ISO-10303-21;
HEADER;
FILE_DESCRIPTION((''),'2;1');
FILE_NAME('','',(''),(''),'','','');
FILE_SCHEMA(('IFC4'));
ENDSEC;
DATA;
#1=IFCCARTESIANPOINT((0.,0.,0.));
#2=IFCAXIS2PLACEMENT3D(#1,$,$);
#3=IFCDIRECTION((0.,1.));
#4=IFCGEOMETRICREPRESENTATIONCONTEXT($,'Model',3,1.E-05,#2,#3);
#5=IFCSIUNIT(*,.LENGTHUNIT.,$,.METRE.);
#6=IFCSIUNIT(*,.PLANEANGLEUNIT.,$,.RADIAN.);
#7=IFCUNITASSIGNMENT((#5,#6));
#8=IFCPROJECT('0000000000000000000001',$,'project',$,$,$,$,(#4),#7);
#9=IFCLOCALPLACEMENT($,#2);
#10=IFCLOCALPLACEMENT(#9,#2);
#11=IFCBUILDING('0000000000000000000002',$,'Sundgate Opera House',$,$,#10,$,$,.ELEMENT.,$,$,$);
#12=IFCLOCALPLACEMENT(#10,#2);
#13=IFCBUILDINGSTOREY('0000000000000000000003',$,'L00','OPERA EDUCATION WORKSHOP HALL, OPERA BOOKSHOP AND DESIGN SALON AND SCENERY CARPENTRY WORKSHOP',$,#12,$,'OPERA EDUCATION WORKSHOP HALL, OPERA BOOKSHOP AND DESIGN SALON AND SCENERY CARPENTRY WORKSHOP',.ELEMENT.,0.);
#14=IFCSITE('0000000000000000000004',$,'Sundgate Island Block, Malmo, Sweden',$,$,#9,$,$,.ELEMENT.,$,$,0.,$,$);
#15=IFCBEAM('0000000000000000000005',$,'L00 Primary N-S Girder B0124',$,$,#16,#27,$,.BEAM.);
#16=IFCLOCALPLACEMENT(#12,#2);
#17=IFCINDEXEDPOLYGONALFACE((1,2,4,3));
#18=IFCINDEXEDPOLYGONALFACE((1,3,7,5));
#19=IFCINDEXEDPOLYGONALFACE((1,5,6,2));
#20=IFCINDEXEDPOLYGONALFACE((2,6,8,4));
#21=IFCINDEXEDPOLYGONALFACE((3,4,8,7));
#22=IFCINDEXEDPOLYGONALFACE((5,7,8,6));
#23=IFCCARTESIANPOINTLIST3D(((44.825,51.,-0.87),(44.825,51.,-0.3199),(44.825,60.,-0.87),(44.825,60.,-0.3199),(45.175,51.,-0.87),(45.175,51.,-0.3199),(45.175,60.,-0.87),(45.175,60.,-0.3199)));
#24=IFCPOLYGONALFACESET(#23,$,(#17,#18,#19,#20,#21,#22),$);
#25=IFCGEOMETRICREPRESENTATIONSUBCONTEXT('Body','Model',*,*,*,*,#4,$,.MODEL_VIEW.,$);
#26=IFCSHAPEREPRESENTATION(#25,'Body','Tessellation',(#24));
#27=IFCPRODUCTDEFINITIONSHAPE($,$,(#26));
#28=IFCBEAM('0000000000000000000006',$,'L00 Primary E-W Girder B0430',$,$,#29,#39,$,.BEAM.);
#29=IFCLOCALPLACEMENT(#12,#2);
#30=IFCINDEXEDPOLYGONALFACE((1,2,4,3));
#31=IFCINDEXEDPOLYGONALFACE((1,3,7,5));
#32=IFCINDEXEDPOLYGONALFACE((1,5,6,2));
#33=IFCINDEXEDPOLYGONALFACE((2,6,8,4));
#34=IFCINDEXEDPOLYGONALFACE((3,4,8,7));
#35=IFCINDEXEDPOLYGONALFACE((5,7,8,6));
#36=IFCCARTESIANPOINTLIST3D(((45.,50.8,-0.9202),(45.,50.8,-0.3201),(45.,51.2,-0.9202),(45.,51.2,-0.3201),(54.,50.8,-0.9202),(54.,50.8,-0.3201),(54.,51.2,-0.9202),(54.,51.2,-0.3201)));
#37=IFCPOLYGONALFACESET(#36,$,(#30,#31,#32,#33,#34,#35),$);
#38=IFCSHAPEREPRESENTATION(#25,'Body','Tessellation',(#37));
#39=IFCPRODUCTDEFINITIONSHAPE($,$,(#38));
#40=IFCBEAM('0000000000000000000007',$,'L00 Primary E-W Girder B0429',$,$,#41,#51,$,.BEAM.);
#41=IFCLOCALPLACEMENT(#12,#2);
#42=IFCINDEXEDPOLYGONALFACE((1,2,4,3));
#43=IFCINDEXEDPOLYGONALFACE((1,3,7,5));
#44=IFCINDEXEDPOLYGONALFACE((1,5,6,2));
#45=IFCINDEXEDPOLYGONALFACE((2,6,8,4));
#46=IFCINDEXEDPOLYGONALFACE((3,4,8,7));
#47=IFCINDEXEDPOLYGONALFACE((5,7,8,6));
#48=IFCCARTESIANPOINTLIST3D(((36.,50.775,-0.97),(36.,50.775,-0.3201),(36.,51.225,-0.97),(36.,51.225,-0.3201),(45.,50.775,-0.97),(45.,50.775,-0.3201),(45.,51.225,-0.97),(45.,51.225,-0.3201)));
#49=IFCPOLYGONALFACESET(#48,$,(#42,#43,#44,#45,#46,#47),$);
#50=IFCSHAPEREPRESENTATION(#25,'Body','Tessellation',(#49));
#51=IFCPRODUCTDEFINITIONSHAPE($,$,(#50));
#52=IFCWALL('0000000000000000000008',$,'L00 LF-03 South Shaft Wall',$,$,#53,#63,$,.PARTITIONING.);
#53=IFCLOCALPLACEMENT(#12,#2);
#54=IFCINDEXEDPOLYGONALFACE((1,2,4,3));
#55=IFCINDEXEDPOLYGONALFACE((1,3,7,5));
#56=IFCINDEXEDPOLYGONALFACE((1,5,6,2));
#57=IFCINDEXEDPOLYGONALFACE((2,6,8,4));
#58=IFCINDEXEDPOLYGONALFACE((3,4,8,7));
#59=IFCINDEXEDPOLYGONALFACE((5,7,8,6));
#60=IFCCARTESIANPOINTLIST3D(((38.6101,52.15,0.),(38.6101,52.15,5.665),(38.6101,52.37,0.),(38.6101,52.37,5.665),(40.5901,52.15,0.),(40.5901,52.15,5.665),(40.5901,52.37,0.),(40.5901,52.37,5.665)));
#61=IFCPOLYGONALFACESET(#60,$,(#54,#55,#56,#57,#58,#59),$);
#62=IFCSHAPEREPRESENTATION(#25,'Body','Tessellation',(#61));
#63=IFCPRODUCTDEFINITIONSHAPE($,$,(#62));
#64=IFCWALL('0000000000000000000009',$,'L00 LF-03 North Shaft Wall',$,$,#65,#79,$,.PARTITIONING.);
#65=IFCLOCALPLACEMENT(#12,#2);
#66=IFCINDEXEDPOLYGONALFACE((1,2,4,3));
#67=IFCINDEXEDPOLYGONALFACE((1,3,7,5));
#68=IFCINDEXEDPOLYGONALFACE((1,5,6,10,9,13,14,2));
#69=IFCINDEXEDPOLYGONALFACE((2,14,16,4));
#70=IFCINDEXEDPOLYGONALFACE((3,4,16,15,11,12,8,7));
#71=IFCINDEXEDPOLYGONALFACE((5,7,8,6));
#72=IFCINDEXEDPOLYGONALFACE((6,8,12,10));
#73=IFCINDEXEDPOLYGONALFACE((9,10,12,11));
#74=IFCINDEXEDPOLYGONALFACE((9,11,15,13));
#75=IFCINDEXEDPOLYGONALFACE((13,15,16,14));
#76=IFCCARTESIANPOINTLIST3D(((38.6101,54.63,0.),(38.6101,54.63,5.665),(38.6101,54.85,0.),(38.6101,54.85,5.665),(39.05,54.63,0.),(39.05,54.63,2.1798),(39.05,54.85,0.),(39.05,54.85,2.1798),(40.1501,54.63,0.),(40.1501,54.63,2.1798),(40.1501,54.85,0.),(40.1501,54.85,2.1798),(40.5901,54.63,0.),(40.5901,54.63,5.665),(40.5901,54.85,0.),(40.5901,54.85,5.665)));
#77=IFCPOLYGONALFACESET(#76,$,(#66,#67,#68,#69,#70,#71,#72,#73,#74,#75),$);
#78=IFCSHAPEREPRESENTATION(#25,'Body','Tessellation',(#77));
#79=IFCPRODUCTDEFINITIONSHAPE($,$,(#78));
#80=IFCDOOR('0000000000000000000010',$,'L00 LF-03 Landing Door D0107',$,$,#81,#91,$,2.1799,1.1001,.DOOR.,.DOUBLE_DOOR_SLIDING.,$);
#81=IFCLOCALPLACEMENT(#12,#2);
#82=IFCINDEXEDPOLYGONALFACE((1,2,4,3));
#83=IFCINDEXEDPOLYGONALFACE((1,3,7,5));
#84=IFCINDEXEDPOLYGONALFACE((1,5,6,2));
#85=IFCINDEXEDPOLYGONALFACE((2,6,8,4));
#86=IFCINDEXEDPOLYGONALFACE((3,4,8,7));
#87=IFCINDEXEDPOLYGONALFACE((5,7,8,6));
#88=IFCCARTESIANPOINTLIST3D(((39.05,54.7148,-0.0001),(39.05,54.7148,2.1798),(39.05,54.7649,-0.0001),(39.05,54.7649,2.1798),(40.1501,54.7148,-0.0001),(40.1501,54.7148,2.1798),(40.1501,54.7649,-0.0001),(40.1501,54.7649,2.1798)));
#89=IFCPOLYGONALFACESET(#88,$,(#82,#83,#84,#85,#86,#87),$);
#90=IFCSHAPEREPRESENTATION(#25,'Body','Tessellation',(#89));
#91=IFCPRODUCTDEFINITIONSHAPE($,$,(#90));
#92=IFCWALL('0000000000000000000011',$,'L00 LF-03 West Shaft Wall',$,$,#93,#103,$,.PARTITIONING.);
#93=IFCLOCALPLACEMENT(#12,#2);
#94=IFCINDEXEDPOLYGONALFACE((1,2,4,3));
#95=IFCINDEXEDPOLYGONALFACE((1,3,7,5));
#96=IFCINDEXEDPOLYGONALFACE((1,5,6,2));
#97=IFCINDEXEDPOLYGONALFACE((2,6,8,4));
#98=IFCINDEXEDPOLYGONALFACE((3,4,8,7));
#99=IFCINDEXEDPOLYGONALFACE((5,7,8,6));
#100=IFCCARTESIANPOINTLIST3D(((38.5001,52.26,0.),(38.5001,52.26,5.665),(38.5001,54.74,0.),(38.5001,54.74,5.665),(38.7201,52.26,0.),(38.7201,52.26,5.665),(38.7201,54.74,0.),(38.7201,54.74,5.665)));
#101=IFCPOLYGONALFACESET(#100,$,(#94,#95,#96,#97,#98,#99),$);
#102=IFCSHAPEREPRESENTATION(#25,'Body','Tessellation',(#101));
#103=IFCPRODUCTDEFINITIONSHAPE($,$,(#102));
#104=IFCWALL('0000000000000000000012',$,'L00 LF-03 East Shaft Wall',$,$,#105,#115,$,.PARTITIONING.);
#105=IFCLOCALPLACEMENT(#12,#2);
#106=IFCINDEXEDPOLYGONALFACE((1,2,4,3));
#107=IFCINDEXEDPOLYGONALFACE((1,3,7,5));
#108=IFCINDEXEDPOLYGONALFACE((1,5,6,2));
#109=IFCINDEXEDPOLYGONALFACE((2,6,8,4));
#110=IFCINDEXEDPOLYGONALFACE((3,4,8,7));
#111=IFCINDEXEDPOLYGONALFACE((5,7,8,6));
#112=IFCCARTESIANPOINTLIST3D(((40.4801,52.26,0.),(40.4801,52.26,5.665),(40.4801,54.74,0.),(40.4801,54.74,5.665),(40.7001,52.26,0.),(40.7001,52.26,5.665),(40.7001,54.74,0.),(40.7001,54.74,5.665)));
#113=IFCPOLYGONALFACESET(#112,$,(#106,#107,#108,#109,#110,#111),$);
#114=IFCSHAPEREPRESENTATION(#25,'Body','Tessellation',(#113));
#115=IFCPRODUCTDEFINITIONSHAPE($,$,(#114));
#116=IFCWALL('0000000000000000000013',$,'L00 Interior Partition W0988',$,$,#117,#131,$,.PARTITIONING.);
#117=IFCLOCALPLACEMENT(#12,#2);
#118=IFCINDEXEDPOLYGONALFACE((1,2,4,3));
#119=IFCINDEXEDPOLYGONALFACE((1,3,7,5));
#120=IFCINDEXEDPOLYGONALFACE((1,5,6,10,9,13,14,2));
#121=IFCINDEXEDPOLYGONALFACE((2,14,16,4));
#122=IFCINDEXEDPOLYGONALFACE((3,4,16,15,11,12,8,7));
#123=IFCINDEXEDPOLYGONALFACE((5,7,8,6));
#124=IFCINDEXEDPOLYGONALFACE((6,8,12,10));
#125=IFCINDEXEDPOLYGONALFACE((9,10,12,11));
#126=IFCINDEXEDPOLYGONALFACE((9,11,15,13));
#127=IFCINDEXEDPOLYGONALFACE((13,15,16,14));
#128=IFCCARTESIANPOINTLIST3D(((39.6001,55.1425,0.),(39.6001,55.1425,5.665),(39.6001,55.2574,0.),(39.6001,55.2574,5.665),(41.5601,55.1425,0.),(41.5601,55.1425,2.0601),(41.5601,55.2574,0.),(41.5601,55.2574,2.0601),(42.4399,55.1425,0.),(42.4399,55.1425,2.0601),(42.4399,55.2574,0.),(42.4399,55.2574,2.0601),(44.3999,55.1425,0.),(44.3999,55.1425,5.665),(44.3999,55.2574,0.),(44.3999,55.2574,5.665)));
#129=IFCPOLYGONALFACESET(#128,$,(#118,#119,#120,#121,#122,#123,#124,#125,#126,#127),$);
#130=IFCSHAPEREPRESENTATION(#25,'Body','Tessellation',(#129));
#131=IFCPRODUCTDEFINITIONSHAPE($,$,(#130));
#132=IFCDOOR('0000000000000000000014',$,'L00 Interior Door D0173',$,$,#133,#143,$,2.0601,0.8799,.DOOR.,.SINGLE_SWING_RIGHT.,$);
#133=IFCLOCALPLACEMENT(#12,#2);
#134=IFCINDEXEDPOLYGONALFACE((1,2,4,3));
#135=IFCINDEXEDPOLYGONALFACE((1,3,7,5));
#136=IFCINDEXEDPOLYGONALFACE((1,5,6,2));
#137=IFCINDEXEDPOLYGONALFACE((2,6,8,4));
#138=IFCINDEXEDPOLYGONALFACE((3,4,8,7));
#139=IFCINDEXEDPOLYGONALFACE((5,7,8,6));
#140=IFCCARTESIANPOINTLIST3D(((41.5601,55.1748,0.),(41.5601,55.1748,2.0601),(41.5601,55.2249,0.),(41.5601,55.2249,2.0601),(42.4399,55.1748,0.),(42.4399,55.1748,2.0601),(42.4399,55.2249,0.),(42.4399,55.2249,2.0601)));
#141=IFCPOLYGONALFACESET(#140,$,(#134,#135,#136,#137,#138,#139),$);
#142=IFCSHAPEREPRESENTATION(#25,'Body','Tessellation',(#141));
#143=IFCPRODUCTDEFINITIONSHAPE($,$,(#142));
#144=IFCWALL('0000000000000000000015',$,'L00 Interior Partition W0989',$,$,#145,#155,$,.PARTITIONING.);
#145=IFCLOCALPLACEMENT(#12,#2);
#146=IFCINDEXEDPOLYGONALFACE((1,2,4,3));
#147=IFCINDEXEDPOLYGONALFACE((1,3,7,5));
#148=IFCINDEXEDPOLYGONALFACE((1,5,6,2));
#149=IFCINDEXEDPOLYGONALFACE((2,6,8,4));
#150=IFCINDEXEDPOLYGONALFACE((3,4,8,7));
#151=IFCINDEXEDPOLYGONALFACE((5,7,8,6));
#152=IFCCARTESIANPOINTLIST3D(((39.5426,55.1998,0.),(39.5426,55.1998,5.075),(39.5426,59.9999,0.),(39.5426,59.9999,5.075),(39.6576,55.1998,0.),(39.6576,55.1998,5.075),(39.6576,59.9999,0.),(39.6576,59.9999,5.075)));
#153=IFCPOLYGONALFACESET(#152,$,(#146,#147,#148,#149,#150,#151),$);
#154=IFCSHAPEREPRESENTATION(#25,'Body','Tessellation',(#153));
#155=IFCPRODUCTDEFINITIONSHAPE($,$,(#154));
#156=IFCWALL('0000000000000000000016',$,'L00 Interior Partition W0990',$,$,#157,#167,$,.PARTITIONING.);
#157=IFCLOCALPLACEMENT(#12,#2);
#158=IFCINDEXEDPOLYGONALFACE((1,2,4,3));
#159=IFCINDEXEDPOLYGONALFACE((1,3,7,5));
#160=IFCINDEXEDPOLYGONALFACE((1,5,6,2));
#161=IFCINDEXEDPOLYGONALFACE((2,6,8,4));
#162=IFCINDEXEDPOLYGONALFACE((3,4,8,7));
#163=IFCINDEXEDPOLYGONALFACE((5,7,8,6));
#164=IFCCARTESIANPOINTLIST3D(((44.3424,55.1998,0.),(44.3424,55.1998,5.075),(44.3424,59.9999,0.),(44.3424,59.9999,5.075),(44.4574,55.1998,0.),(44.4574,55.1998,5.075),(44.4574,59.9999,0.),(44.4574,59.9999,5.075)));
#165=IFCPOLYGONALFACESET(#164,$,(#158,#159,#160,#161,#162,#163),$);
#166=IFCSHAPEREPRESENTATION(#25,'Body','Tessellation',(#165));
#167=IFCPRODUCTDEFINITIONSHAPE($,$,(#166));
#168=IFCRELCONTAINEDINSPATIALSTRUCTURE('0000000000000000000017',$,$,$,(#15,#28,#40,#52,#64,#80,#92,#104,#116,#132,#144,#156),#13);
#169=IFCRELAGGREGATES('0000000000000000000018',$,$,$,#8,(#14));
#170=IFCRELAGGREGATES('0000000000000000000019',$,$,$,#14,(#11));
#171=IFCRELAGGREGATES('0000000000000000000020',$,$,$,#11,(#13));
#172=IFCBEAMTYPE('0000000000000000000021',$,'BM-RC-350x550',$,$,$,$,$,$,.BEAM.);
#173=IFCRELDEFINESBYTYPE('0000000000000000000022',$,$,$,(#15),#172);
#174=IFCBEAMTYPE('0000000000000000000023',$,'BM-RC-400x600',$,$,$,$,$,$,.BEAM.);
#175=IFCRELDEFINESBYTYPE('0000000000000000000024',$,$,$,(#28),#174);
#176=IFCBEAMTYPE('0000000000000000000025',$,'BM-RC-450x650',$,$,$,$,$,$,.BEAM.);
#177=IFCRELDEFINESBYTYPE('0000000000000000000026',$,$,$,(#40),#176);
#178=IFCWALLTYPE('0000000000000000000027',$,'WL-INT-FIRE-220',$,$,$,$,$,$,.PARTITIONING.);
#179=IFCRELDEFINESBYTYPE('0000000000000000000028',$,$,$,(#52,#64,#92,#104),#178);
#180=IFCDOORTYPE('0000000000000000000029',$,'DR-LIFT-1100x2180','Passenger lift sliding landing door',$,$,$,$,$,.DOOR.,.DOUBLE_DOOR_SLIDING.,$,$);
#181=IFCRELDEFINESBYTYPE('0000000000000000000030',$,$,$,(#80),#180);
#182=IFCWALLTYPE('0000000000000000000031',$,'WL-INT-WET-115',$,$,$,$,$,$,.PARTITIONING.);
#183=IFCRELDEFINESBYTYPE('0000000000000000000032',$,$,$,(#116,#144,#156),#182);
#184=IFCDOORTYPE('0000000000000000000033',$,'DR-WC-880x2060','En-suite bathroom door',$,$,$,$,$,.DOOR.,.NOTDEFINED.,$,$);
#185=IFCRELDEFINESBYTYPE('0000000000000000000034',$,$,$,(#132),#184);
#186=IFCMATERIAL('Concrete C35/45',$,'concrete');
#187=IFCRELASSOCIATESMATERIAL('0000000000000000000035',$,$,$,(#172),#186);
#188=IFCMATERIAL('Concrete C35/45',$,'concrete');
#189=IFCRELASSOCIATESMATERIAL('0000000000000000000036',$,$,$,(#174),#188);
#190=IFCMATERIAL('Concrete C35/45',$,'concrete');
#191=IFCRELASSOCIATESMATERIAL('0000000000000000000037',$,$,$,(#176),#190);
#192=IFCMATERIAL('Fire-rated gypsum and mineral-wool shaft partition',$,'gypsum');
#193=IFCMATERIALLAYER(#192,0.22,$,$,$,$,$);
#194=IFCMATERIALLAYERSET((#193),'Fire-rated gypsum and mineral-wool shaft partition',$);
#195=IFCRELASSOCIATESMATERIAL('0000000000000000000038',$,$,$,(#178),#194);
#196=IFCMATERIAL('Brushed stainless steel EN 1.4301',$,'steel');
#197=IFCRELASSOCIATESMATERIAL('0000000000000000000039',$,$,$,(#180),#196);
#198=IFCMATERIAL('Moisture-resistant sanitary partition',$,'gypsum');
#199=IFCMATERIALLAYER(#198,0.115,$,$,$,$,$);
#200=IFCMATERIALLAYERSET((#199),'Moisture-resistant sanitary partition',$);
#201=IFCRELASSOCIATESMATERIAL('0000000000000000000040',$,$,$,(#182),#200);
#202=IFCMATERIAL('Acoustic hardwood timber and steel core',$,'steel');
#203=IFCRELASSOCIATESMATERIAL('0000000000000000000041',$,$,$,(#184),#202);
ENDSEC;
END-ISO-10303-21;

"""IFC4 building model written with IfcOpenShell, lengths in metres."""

from ifc_helpers import new_model, si_unit, direction, frame, frame_2d, origin, origin_2d, place, context, subcontext, project, spatial, rectangle, extrude, material, layer, layer_set, material_profile, profile_set, type_object, element, fill, save


model = new_model("IFC4")

# Units and contexts
model_context = context("Model", 3, precision=1e-05, world=origin(), true_north=direction((0.0, 1.0)))
body_context = subcontext(model_context, "Body", "Model", "MODEL_VIEW")
ifc_project = project(units=[si_unit("LENGTHUNIT", "METRE"), si_unit("PLANEANGLEUNIT", "RADIAN")], contexts=[model_context])

# Site, building, storey
site_placement = place(None, origin())
site = spatial("IfcSite", under=ifc_project, at=site_placement, Name="Sundgate Island Block, Malmo, Sweden", CompositionType="ELEMENT", RefElevation=0.0)
building_placement = place(site_placement, origin())
building = spatial("IfcBuilding", under=site, at=building_placement, Name="Sundgate Opera House", CompositionType="ELEMENT")
storey_placement = place(building_placement, origin())
storey = spatial("IfcBuildingStorey", under=building, at=storey_placement, Name="L00", Description="OPERA EDUCATION WORKSHOP HALL, OPERA BOOKSHOP AND DESIGN SALON AND SCENERY CARPENTRY WORKSHOP", LongName="OPERA EDUCATION WORKSHOP HALL, OPERA BOOKSHOP AND DESIGN SALON AND SCENERY CARPENTRY WORKSHOP", CompositionType="ELEMENT", Elevation=0.0)

# Beams
ifc_material_1 = material(Name="Concrete C35/45", Category="concrete")
ifc_material_profile_1 = material_profile(ifc_material_1, rectangle(XDim=0.3501, YDim=0.55, at=origin_2d()), Name="RC 350x550")
ifc_profile_set_1 = profile_set([ifc_material_profile_1], Name="Concrete C35/45")
beam_type_1 = type_object("IfcBeamType", Name="BM-RC-350x550", PredefinedType="BEAM", material=ifc_profile_set_1)
beam_1_placement = place(storey_placement, frame((45.0, 51.0, -0.595), z_axis=(0.0, 1.0, 0.0), x_axis=(-1.0, 0.0, 0.0)))
element("IfcBeam", 1, at=beam_1_placement, inside=storey, type_object=beam_type_1, Name="L00 Primary N-S Girder B0124", PredefinedType="BEAM", context=body_context, shape_type="SweptSolid", body=[
    extrude(rectangle(XDim=0.3501, YDim=0.55, at=origin_2d()), origin(), (0.0, 0.0, 1.0), 9.0),
])
ifc_material_2 = material(Name="Concrete C35/45", Category="concrete")
ifc_material_profile_2 = material_profile(ifc_material_2, rectangle(XDim=0.3999, YDim=0.6001, at=origin_2d()), Name="RC 400x600")
ifc_profile_set_2 = profile_set([ifc_material_profile_2], Name="Concrete C35/45")
beam_type_2 = type_object("IfcBeamType", Name="BM-RC-400x600", PredefinedType="BEAM", material=ifc_profile_set_2)
beam_2_placement = place(storey_placement, frame((45.0, 51.0, -0.6201), z_axis=(1.0, 0.0, 0.0), x_axis=(0.0, 1.0, 0.0)))
element("IfcBeam", 2, at=beam_2_placement, inside=storey, type_object=beam_type_2, Name="L00 Primary E-W Girder B0430", PredefinedType="BEAM", context=body_context, shape_type="SweptSolid", body=[
    extrude(rectangle(XDim=0.3999, YDim=0.6001, at=origin_2d()), origin(), (0.0, 0.0, 1.0), 9.0),
])
ifc_material_3 = material(Name="Concrete C35/45", Category="concrete")
ifc_material_profile_3 = material_profile(ifc_material_3, rectangle(XDim=0.45, YDim=0.6499, at=origin_2d()), Name="RC 450x650")
ifc_profile_set_3 = profile_set([ifc_material_profile_3], Name="Concrete C35/45")
beam_type_3 = type_object("IfcBeamType", Name="BM-RC-450x650", PredefinedType="BEAM", material=ifc_profile_set_3)
beam_3_placement = place(storey_placement, frame((36.0, 51.0, -0.645), z_axis=(1.0, 0.0, 0.0), x_axis=(0.0, 1.0, 0.0)))
element("IfcBeam", 3, at=beam_3_placement, inside=storey, type_object=beam_type_3, Name="L00 Primary E-W Girder B0429", PredefinedType="BEAM", context=body_context, shape_type="SweptSolid", body=[
    extrude(rectangle(XDim=0.45, YDim=0.6499, at=origin_2d()), origin(), (0.0, 0.0, 1.0), 9.0),
])

# Wall
ifc_material_4 = material(Name="Fire-rated gypsum and mineral-wool shaft partition", Category="gypsum")
ifc_layer_1 = layer(ifc_material_4, 0.22)
ifc_layer_set_1 = layer_set([ifc_layer_1], Name="Fire-rated gypsum and mineral-wool shaft partition")
wall_type_1 = type_object("IfcWallType", Name="WL-INT-FIRE-220", PredefinedType="PARTITIONING", material=ifc_layer_set_1)
wall_1_placement = place(storey_placement, frame((38.6101, 52.26, 0.0), z_axis=(0.0, 0.0, 1.0), x_axis=(1.0, 0.0, 0.0)))
element("IfcWall", 4, at=wall_1_placement, inside=storey, type_object=wall_type_1, Name="L00 LF-03 South Shaft Wall", PredefinedType="PARTITIONING", context=body_context, shape_type="SweptSolid", body=[
    extrude(rectangle(XDim=1.98, YDim=0.22, at=frame_2d((0.99, 0.0))), origin(), (0.0, 0.0, 1.0), 5.665),
])

# Wall, opening, door
wall_2_placement = place(storey_placement, frame((38.6101, 54.74, 0.0), z_axis=(0.0, 0.0, 1.0), x_axis=(1.0, 0.0, 0.0)))
wall_2 = element("IfcWall", 5, at=wall_2_placement, inside=storey, type_object=wall_type_1, Name="L00 LF-03 North Shaft Wall", PredefinedType="PARTITIONING", context=body_context, shape_type="SweptSolid", body=[
    extrude(rectangle(XDim=1.98, YDim=0.22, at=frame_2d((0.99, 0.0))), origin(), (0.0, 0.0, 1.0), 5.665),
])
opening_1_placement = place(wall_2_placement, frame((0.4399, 0.0, 0.0)))
opening_1 = element("IfcOpeningElement", 6, at=opening_1_placement, cuts=wall_2, PredefinedType="OPENING", context=body_context, shape_type="SweptSolid", body=[
    extrude(rectangle(XDim=1.1001, YDim=2.1799, at=frame_2d((0.55, 1.0898))), frame((0.0, 0.1199, 0.0), z_axis=(0.0, -1.0, 0.0), x_axis=(1.0, 0.0, 0.0)), (0.0, 0.0, 1.0), 0.24),
])
ifc_material_5 = material(Name="Brushed stainless steel EN 1.4301", Category="steel")
door_type_1 = type_object("IfcDoorType", Name="DR-LIFT-1100x2180", Description="Passenger lift sliding landing door", OperationType="DOUBLE_DOOR_SLIDING", PredefinedType="DOOR", material=ifc_material_5)
door_1_placement = place(opening_1_placement, origin())
door_1 = element("IfcDoor", 7, at=door_1_placement, inside=storey, type_object=door_type_1, Name="L00 LF-03 Landing Door D0107", OperationType="DOUBLE_DOOR_SLIDING", OverallHeight=2.1799, OverallWidth=1.1001, PredefinedType="DOOR", context=body_context, shape_type="SweptSolid", body=[
    extrude(rectangle(XDim=1.1001, YDim=2.1799, at=frame_2d((0.55, 1.0898))), frame((0.0, 0.0249, 0.0), z_axis=(0.0, -1.0, 0.0), x_axis=(1.0, 0.0, 0.0)), (0.0, 0.0, 1.0), 0.05),
])
fill(opening_1, door_1)

# Walls
for number, where, z_axis, x_axis, name in (
    (8, (38.6101, 52.26, 0.0), (0.0, 0.0, 1.0), (0.0, 1.0, 0.0), "L00 LF-03 West Shaft Wall"),
    (9, (40.5901, 52.26, 0.0), (0.0, 0.0, 1.0), (0.0, 1.0, 0.0), "L00 LF-03 East Shaft Wall"),
):
    element("IfcWall", number, at=place(storey_placement, frame(where, z_axis=z_axis, x_axis=x_axis)), inside=storey, type_object=wall_type_1, Name=name, PredefinedType="PARTITIONING", context=body_context, shape_type="SweptSolid", body=[
        extrude(rectangle(XDim=2.48, YDim=0.22, at=frame_2d((1.24, 0.0))), origin(), (0.0, 0.0, 1.0), 5.665),
    ])

# Wall, opening, door
ifc_material_6 = material(Name="Moisture-resistant sanitary partition", Category="gypsum")
ifc_layer_2 = layer(ifc_material_6, 0.115)
ifc_layer_set_2 = layer_set([ifc_layer_2], Name="Moisture-resistant sanitary partition")
wall_type_2 = type_object("IfcWallType", Name="WL-INT-WET-115", PredefinedType="PARTITIONING", material=ifc_layer_set_2)
wall_3_placement = place(storey_placement, frame((39.6001, 55.2, 0.0), z_axis=(0.0, 0.0, 1.0), x_axis=(1.0, 0.0, 0.0)))
wall_3 = element("IfcWall", 10, at=wall_3_placement, inside=storey, type_object=wall_type_2, Name="L00 Interior Partition W0988", PredefinedType="PARTITIONING", context=body_context, shape_type="SweptSolid", body=[
    extrude(rectangle(XDim=4.7998, YDim=0.115, at=frame_2d((2.3999, 0.0))), origin(), (0.0, 0.0, 1.0), 5.665),
])
opening_2_placement = place(wall_3_placement, frame((1.96, 0.0, 0.0)))
opening_2 = element("IfcOpeningElement", 11, at=opening_2_placement, cuts=wall_3, PredefinedType="OPENING", context=body_context, shape_type="SweptSolid", body=[
    extrude(rectangle(XDim=0.8799, YDim=2.0601, at=frame_2d((0.4399, 1.03))), frame((0.0, 0.0674, 0.0), z_axis=(0.0, -1.0, 0.0), x_axis=(1.0, 0.0, 0.0)), (0.0, 0.0, 1.0), 0.135),
])
ifc_material_7 = material(Name="Acoustic hardwood timber and steel core", Category="steel")
door_type_2 = type_object("IfcDoorType", Name="DR-WC-880x2060", Description="En-suite bathroom door", OperationType="NOTDEFINED", PredefinedType="DOOR", material=ifc_material_7)
door_2_placement = place(opening_2_placement, origin())
door_2 = element("IfcDoor", 12, at=door_2_placement, inside=storey, type_object=door_type_2, Name="L00 Interior Door D0173", OperationType="SINGLE_SWING_RIGHT", OverallHeight=2.0601, OverallWidth=0.8799, PredefinedType="DOOR", context=body_context, shape_type="SweptSolid", body=[
    extrude(rectangle(XDim=0.8799, YDim=2.0601, at=frame_2d((0.4399, 1.03))), frame((0.0, 0.0249, 0.0), z_axis=(0.0, -1.0, 0.0), x_axis=(1.0, 0.0, 0.0)), (0.0, 0.0, 1.0), 0.05),
])
fill(opening_2, door_2)

# Walls
for number, where, z_axis, x_axis, name in (
    (13, (39.6001, 55.2, 0.0), (0.0, 0.0, 1.0), (0.0, 1.0, 0.0), "L00 Interior Partition W0989"),
    (14, (44.3999, 55.2, 0.0), (0.0, 0.0, 1.0), (0.0, 1.0, 0.0), "L00 Interior Partition W0990"),
):
    element("IfcWall", number, at=place(storey_placement, frame(where, z_axis=z_axis, x_axis=x_axis)), inside=storey, type_object=wall_type_2, Name=name, PredefinedType="PARTITIONING", context=body_context, shape_type="SweptSolid", body=[
        extrude(rectangle(XDim=4.8, YDim=0.115, at=frame_2d((2.3999, 0.0))), origin(), (0.0, 0.0, 1.0), 5.075),
    ])

save(model, "model.ifc")
